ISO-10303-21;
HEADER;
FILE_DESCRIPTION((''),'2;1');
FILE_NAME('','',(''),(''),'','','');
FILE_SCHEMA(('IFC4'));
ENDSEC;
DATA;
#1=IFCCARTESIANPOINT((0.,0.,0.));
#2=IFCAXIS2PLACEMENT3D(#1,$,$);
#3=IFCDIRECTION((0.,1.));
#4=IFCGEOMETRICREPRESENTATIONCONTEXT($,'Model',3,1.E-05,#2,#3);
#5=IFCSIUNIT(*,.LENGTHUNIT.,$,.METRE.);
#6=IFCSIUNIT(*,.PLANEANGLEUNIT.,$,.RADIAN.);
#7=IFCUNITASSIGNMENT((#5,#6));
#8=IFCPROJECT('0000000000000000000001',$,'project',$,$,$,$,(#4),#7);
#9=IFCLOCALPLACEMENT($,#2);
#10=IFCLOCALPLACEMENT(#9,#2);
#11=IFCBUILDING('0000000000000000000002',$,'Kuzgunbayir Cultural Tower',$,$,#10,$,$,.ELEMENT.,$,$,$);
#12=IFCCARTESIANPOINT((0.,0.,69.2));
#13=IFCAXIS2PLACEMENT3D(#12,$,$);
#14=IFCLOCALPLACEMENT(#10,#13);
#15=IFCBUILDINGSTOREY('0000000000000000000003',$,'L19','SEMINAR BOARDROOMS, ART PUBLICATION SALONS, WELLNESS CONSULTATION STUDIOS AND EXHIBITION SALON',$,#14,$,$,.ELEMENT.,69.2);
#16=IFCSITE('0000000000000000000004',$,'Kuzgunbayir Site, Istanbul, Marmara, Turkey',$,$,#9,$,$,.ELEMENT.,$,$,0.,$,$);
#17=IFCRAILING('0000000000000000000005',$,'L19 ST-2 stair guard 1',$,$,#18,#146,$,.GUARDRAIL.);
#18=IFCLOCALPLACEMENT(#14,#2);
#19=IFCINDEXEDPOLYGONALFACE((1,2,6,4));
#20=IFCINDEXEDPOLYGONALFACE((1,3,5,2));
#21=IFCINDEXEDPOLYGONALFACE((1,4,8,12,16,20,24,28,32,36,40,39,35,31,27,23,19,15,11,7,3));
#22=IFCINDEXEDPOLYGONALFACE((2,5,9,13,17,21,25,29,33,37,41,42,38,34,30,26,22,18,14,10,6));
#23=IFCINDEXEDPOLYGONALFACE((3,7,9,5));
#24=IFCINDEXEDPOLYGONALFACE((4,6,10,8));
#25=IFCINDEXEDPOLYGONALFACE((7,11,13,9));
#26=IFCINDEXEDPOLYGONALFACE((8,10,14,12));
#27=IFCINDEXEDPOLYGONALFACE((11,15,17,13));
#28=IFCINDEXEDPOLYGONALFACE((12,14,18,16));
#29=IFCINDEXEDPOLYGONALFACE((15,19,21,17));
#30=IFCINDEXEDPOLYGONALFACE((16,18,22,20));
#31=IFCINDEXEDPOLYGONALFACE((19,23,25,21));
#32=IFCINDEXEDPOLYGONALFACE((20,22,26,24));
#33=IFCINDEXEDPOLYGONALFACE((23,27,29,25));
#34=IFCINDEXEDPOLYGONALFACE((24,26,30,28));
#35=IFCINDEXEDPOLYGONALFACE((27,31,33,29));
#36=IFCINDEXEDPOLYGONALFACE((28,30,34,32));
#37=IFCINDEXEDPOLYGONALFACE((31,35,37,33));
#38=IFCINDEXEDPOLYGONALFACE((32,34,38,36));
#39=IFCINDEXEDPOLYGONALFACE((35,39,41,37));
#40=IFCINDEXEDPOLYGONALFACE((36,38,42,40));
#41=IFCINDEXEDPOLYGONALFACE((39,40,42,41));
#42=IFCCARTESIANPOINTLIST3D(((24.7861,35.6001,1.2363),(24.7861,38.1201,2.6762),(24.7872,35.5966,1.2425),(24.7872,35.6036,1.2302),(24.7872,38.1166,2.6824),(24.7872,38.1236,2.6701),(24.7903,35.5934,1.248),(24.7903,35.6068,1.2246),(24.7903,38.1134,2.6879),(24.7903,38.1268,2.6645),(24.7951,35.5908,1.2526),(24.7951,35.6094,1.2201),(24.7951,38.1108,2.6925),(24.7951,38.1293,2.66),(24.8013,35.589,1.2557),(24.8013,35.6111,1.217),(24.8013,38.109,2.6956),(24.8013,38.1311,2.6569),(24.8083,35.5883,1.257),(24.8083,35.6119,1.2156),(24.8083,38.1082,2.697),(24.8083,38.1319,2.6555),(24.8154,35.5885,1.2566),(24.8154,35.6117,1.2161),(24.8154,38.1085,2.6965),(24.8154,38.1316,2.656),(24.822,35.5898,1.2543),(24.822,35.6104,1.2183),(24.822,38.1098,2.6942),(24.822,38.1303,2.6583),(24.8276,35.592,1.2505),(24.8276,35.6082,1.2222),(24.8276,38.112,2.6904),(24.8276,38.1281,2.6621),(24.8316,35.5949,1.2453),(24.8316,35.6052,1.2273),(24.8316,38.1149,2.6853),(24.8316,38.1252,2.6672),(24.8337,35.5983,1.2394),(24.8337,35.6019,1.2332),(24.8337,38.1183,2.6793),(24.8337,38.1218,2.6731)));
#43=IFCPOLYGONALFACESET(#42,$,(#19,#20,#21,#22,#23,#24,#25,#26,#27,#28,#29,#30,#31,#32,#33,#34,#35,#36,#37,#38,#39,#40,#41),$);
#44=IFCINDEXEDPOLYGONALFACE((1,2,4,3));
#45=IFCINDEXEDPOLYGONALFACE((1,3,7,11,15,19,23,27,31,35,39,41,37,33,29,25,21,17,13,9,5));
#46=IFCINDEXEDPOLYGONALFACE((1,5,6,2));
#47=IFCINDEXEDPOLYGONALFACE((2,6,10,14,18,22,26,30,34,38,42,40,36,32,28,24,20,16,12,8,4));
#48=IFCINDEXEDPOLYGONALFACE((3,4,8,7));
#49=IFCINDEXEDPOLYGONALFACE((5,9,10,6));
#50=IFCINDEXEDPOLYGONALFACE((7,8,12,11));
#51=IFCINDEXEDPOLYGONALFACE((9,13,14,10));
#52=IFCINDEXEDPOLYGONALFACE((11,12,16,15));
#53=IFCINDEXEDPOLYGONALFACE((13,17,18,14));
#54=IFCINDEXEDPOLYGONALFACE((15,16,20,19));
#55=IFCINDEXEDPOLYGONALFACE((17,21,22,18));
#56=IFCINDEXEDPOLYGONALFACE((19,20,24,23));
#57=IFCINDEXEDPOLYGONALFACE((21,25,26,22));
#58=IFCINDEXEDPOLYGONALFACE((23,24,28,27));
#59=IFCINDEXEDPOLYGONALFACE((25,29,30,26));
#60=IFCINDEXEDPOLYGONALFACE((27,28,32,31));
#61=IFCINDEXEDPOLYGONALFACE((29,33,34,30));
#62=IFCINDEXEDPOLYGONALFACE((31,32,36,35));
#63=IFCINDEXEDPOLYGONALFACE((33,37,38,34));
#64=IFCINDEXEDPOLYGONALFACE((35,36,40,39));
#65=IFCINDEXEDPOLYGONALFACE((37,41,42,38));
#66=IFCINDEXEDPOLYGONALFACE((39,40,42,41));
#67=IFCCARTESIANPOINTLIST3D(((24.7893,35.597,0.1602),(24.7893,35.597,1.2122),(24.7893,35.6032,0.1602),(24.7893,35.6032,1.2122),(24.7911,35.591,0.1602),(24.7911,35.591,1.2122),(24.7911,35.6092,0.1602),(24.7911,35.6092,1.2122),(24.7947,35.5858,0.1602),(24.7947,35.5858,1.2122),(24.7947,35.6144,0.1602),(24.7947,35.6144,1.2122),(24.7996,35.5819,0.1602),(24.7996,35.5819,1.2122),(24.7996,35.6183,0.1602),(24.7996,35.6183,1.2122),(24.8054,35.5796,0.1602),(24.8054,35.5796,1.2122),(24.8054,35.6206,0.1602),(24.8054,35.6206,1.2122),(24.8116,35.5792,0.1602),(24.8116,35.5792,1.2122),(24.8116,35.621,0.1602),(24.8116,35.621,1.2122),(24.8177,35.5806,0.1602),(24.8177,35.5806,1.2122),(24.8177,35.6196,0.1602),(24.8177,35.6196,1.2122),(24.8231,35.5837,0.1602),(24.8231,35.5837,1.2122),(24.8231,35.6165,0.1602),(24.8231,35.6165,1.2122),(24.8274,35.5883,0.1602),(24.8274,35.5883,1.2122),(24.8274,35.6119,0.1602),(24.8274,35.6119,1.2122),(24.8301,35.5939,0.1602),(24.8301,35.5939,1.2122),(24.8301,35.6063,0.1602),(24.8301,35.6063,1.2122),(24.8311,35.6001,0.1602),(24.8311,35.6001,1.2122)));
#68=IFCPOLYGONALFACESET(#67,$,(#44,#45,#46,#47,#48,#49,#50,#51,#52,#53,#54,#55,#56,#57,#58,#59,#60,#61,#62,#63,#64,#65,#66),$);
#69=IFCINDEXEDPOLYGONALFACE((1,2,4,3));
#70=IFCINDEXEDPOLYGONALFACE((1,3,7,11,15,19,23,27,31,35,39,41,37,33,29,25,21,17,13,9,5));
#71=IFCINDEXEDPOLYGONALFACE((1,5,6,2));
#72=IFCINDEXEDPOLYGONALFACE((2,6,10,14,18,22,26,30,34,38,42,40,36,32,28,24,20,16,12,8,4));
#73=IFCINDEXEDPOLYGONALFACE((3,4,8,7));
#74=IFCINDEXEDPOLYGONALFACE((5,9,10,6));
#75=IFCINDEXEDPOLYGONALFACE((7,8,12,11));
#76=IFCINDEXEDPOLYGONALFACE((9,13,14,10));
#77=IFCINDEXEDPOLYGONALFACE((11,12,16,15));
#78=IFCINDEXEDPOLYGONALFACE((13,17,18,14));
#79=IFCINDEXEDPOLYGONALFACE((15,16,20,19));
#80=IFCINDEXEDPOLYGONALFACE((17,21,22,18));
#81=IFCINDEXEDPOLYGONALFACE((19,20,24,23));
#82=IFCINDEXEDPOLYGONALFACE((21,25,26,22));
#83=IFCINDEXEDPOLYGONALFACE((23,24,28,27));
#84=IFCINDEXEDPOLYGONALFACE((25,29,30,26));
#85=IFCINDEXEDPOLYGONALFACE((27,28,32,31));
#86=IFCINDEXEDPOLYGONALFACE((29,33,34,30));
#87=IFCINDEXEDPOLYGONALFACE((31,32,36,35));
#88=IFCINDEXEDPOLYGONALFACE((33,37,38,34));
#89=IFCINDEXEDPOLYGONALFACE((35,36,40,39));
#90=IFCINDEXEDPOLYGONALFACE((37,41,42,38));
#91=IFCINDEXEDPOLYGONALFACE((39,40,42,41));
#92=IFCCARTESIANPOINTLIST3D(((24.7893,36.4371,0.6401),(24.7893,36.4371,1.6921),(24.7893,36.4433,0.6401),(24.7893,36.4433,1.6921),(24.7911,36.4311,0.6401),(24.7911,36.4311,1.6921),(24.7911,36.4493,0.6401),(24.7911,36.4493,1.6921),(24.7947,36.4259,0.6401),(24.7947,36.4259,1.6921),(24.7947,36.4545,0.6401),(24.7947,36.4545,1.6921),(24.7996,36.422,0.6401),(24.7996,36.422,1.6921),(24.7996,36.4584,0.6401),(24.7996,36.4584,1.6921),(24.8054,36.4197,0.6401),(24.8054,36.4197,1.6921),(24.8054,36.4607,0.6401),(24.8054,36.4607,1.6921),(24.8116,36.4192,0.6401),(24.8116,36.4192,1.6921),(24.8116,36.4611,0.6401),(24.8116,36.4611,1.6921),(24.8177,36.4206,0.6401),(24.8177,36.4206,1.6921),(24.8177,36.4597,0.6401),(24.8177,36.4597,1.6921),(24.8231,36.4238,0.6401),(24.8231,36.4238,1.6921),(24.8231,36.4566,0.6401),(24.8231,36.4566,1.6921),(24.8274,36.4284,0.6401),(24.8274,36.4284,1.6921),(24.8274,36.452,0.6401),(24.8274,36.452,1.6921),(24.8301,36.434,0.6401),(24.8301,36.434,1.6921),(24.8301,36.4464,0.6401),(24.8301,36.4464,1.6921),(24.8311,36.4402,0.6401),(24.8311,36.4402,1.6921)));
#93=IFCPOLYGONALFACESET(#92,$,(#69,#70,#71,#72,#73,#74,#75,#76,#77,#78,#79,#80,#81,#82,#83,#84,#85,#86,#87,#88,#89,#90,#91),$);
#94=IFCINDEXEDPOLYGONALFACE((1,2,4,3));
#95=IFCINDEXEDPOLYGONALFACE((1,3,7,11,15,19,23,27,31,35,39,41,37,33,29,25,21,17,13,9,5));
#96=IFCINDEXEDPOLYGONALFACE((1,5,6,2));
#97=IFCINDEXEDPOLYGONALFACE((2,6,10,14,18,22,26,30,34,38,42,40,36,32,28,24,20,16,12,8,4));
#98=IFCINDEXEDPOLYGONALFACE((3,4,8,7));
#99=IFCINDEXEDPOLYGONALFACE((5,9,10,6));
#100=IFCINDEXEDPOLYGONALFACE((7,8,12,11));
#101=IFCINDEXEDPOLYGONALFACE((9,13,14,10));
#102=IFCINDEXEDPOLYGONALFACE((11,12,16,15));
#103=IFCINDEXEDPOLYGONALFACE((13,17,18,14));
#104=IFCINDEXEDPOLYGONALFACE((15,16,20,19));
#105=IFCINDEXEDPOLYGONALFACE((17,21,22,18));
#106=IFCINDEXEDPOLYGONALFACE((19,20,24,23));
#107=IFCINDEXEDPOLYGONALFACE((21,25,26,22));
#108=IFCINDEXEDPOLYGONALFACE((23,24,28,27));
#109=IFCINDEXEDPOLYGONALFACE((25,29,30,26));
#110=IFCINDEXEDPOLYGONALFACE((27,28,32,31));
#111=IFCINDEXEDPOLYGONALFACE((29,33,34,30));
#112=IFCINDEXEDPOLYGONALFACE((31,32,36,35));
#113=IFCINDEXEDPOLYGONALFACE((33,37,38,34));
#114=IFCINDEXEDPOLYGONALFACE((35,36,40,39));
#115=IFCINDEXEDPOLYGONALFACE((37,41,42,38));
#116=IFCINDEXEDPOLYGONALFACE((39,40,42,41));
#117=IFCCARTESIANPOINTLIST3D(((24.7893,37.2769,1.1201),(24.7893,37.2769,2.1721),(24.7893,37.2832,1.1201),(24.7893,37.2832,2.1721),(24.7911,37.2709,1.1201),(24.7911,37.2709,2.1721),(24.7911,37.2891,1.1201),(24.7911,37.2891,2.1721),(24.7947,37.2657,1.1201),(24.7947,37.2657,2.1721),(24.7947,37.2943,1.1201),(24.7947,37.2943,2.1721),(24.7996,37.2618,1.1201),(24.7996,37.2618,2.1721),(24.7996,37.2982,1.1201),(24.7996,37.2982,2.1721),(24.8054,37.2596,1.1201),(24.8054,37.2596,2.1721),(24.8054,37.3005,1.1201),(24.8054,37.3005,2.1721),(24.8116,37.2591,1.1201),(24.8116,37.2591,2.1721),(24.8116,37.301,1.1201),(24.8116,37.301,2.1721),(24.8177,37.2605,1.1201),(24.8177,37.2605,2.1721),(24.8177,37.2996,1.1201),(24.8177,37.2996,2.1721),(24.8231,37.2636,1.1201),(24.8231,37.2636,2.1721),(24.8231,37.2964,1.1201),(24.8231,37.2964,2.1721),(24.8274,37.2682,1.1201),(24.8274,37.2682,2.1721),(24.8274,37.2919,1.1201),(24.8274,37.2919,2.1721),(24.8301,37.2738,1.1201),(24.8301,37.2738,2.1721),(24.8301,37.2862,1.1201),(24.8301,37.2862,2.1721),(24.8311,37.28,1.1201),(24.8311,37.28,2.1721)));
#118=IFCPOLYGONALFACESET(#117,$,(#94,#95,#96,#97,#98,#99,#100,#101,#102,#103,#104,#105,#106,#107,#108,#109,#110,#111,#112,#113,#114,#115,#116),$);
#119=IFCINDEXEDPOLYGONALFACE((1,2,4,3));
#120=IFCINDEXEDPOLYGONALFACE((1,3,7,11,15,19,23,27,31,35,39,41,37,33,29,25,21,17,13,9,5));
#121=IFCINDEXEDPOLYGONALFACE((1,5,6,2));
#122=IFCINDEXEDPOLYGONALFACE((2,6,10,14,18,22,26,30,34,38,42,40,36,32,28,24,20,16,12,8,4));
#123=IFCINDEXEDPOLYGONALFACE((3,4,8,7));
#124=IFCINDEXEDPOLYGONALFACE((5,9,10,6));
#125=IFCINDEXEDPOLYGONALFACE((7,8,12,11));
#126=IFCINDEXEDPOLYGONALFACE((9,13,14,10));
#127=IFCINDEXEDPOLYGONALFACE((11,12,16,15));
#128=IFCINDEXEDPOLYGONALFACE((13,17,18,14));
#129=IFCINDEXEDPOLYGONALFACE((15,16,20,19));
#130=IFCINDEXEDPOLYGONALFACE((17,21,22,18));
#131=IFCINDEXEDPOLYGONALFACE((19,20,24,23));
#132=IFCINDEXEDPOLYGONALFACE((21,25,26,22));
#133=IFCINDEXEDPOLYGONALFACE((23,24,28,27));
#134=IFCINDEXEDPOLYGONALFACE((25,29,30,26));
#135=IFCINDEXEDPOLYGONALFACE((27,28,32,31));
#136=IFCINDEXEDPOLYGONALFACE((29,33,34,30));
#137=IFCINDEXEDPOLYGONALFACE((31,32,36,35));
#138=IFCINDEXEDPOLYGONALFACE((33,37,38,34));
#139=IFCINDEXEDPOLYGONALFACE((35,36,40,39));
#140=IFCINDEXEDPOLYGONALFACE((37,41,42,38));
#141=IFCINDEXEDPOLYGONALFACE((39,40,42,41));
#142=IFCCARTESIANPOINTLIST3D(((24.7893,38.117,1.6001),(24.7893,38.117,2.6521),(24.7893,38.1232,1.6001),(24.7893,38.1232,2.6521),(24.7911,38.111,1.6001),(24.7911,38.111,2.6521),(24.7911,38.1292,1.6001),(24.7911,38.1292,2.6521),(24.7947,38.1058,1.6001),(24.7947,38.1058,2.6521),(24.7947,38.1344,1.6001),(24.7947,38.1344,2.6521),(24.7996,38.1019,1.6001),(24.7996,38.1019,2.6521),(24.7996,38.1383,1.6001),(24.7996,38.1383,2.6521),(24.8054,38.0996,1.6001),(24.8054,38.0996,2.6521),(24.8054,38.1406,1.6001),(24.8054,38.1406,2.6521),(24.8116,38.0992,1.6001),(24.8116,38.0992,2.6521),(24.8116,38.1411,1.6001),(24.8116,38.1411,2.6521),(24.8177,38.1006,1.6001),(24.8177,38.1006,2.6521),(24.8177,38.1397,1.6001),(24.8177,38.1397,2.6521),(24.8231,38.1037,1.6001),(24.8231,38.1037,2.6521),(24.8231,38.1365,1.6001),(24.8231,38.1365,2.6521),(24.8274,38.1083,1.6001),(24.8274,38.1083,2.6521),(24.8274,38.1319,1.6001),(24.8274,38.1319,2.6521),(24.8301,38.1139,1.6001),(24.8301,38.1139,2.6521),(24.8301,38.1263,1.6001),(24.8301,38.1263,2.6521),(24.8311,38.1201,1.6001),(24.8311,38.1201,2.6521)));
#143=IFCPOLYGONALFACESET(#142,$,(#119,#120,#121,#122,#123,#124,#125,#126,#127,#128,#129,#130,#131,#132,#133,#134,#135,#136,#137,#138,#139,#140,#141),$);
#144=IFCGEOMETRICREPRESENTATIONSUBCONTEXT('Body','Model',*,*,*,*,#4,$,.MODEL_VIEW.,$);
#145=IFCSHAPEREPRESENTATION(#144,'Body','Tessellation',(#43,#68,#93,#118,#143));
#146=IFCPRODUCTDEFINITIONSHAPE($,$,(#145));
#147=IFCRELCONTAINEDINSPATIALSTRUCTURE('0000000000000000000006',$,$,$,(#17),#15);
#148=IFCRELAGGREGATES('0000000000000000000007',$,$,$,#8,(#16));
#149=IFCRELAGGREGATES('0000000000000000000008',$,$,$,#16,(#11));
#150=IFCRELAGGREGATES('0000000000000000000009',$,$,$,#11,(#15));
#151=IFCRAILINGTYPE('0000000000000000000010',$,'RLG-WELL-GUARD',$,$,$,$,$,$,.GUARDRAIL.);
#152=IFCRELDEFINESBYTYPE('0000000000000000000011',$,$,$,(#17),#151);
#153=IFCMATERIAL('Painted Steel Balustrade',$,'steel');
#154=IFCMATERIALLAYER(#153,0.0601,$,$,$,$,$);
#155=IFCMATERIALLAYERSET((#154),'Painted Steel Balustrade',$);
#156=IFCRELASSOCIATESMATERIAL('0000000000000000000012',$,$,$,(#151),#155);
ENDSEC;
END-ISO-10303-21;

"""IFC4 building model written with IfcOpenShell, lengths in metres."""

from ifc_helpers import new_model, si_unit, direction, frame, origin, origin_2d, place, context, subcontext, project, spatial, circle, extrude, material, layer, layer_set, type_object, element, save


model = new_model("IFC4")

# Units and contexts
model_context = context("Model", 3, precision=1e-05, world=origin(), true_north=direction((0.0, 1.0)))
body_context = subcontext(model_context, "Body", "Model", "MODEL_VIEW")
ifc_project = project(units=[si_unit("LENGTHUNIT", "METRE"), si_unit("PLANEANGLEUNIT", "RADIAN")], contexts=[model_context])

# Site, building, storey
site_placement = place(None, origin())
site = spatial("IfcSite", under=ifc_project, at=site_placement, Name="Kuzgunbayir Site, Istanbul, Marmara, Turkey", CompositionType="ELEMENT", RefElevation=0.0)
building_placement = place(site_placement, origin())
building = spatial("IfcBuilding", under=site, at=building_placement, Name="Kuzgunbayir Cultural Tower", CompositionType="ELEMENT")
storey_placement = place(building_placement, frame((0.0, 0.0, 69.2)))
storey = spatial("IfcBuildingStorey", under=building, at=storey_placement, Name="L19", Description="SEMINAR BOARDROOMS, ART PUBLICATION SALONS, WELLNESS CONSULTATION STUDIOS AND EXHIBITION SALON", CompositionType="ELEMENT", Elevation=69.2)

# Railing
ifc_material_1 = material(Name="Painted Steel Balustrade", Category="steel")
ifc_layer_1 = layer(ifc_material_1, 0.0601)
ifc_layer_set_1 = layer_set([ifc_layer_1], Name="Painted Steel Balustrade")
railing_type_1 = type_object("IfcRailingType", Name="RLG-WELL-GUARD", PredefinedType="GUARDRAIL", material=ifc_layer_set_1)
railing_1_placement = place(storey_placement, frame((24.8101, 35.6001, 0.1602)))
element("IfcRailing", 1, at=railing_1_placement, inside=storey, type_object=railing_type_1, Name="L19 ST-2 stair guard 1", PredefinedType="GUARDRAIL", context=body_context, shape_type="SweptSolid", body=[
    extrude(circle(Radius=0.0239, at=origin_2d()), frame((0.0, 0.0, 1.0762), z_axis=(0.0, 0.868253, 0.496121), x_axis=(-1.0, 0.0, 0.0)), (0.0, 0.0, 1.0), 2.9023),
    extrude(circle(Radius=0.021, at=origin_2d()), origin(), (0.0, 0.0, 1.0), 1.052),
    extrude(circle(Radius=0.021, at=origin_2d()), frame((0.0, 0.8401, 0.48)), (0.0, 0.0, 1.0), 1.052),
    extrude(circle(Radius=0.021, at=origin_2d()), frame((0.0, 1.6799, 0.96)), (0.0, 0.0, 1.0), 1.052),
    extrude(circle(Radius=0.021, at=origin_2d()), frame((0.0, 2.52, 1.4399)), (0.0, 0.0, 1.0), 1.052),
])

save(model, "model.ifc")
